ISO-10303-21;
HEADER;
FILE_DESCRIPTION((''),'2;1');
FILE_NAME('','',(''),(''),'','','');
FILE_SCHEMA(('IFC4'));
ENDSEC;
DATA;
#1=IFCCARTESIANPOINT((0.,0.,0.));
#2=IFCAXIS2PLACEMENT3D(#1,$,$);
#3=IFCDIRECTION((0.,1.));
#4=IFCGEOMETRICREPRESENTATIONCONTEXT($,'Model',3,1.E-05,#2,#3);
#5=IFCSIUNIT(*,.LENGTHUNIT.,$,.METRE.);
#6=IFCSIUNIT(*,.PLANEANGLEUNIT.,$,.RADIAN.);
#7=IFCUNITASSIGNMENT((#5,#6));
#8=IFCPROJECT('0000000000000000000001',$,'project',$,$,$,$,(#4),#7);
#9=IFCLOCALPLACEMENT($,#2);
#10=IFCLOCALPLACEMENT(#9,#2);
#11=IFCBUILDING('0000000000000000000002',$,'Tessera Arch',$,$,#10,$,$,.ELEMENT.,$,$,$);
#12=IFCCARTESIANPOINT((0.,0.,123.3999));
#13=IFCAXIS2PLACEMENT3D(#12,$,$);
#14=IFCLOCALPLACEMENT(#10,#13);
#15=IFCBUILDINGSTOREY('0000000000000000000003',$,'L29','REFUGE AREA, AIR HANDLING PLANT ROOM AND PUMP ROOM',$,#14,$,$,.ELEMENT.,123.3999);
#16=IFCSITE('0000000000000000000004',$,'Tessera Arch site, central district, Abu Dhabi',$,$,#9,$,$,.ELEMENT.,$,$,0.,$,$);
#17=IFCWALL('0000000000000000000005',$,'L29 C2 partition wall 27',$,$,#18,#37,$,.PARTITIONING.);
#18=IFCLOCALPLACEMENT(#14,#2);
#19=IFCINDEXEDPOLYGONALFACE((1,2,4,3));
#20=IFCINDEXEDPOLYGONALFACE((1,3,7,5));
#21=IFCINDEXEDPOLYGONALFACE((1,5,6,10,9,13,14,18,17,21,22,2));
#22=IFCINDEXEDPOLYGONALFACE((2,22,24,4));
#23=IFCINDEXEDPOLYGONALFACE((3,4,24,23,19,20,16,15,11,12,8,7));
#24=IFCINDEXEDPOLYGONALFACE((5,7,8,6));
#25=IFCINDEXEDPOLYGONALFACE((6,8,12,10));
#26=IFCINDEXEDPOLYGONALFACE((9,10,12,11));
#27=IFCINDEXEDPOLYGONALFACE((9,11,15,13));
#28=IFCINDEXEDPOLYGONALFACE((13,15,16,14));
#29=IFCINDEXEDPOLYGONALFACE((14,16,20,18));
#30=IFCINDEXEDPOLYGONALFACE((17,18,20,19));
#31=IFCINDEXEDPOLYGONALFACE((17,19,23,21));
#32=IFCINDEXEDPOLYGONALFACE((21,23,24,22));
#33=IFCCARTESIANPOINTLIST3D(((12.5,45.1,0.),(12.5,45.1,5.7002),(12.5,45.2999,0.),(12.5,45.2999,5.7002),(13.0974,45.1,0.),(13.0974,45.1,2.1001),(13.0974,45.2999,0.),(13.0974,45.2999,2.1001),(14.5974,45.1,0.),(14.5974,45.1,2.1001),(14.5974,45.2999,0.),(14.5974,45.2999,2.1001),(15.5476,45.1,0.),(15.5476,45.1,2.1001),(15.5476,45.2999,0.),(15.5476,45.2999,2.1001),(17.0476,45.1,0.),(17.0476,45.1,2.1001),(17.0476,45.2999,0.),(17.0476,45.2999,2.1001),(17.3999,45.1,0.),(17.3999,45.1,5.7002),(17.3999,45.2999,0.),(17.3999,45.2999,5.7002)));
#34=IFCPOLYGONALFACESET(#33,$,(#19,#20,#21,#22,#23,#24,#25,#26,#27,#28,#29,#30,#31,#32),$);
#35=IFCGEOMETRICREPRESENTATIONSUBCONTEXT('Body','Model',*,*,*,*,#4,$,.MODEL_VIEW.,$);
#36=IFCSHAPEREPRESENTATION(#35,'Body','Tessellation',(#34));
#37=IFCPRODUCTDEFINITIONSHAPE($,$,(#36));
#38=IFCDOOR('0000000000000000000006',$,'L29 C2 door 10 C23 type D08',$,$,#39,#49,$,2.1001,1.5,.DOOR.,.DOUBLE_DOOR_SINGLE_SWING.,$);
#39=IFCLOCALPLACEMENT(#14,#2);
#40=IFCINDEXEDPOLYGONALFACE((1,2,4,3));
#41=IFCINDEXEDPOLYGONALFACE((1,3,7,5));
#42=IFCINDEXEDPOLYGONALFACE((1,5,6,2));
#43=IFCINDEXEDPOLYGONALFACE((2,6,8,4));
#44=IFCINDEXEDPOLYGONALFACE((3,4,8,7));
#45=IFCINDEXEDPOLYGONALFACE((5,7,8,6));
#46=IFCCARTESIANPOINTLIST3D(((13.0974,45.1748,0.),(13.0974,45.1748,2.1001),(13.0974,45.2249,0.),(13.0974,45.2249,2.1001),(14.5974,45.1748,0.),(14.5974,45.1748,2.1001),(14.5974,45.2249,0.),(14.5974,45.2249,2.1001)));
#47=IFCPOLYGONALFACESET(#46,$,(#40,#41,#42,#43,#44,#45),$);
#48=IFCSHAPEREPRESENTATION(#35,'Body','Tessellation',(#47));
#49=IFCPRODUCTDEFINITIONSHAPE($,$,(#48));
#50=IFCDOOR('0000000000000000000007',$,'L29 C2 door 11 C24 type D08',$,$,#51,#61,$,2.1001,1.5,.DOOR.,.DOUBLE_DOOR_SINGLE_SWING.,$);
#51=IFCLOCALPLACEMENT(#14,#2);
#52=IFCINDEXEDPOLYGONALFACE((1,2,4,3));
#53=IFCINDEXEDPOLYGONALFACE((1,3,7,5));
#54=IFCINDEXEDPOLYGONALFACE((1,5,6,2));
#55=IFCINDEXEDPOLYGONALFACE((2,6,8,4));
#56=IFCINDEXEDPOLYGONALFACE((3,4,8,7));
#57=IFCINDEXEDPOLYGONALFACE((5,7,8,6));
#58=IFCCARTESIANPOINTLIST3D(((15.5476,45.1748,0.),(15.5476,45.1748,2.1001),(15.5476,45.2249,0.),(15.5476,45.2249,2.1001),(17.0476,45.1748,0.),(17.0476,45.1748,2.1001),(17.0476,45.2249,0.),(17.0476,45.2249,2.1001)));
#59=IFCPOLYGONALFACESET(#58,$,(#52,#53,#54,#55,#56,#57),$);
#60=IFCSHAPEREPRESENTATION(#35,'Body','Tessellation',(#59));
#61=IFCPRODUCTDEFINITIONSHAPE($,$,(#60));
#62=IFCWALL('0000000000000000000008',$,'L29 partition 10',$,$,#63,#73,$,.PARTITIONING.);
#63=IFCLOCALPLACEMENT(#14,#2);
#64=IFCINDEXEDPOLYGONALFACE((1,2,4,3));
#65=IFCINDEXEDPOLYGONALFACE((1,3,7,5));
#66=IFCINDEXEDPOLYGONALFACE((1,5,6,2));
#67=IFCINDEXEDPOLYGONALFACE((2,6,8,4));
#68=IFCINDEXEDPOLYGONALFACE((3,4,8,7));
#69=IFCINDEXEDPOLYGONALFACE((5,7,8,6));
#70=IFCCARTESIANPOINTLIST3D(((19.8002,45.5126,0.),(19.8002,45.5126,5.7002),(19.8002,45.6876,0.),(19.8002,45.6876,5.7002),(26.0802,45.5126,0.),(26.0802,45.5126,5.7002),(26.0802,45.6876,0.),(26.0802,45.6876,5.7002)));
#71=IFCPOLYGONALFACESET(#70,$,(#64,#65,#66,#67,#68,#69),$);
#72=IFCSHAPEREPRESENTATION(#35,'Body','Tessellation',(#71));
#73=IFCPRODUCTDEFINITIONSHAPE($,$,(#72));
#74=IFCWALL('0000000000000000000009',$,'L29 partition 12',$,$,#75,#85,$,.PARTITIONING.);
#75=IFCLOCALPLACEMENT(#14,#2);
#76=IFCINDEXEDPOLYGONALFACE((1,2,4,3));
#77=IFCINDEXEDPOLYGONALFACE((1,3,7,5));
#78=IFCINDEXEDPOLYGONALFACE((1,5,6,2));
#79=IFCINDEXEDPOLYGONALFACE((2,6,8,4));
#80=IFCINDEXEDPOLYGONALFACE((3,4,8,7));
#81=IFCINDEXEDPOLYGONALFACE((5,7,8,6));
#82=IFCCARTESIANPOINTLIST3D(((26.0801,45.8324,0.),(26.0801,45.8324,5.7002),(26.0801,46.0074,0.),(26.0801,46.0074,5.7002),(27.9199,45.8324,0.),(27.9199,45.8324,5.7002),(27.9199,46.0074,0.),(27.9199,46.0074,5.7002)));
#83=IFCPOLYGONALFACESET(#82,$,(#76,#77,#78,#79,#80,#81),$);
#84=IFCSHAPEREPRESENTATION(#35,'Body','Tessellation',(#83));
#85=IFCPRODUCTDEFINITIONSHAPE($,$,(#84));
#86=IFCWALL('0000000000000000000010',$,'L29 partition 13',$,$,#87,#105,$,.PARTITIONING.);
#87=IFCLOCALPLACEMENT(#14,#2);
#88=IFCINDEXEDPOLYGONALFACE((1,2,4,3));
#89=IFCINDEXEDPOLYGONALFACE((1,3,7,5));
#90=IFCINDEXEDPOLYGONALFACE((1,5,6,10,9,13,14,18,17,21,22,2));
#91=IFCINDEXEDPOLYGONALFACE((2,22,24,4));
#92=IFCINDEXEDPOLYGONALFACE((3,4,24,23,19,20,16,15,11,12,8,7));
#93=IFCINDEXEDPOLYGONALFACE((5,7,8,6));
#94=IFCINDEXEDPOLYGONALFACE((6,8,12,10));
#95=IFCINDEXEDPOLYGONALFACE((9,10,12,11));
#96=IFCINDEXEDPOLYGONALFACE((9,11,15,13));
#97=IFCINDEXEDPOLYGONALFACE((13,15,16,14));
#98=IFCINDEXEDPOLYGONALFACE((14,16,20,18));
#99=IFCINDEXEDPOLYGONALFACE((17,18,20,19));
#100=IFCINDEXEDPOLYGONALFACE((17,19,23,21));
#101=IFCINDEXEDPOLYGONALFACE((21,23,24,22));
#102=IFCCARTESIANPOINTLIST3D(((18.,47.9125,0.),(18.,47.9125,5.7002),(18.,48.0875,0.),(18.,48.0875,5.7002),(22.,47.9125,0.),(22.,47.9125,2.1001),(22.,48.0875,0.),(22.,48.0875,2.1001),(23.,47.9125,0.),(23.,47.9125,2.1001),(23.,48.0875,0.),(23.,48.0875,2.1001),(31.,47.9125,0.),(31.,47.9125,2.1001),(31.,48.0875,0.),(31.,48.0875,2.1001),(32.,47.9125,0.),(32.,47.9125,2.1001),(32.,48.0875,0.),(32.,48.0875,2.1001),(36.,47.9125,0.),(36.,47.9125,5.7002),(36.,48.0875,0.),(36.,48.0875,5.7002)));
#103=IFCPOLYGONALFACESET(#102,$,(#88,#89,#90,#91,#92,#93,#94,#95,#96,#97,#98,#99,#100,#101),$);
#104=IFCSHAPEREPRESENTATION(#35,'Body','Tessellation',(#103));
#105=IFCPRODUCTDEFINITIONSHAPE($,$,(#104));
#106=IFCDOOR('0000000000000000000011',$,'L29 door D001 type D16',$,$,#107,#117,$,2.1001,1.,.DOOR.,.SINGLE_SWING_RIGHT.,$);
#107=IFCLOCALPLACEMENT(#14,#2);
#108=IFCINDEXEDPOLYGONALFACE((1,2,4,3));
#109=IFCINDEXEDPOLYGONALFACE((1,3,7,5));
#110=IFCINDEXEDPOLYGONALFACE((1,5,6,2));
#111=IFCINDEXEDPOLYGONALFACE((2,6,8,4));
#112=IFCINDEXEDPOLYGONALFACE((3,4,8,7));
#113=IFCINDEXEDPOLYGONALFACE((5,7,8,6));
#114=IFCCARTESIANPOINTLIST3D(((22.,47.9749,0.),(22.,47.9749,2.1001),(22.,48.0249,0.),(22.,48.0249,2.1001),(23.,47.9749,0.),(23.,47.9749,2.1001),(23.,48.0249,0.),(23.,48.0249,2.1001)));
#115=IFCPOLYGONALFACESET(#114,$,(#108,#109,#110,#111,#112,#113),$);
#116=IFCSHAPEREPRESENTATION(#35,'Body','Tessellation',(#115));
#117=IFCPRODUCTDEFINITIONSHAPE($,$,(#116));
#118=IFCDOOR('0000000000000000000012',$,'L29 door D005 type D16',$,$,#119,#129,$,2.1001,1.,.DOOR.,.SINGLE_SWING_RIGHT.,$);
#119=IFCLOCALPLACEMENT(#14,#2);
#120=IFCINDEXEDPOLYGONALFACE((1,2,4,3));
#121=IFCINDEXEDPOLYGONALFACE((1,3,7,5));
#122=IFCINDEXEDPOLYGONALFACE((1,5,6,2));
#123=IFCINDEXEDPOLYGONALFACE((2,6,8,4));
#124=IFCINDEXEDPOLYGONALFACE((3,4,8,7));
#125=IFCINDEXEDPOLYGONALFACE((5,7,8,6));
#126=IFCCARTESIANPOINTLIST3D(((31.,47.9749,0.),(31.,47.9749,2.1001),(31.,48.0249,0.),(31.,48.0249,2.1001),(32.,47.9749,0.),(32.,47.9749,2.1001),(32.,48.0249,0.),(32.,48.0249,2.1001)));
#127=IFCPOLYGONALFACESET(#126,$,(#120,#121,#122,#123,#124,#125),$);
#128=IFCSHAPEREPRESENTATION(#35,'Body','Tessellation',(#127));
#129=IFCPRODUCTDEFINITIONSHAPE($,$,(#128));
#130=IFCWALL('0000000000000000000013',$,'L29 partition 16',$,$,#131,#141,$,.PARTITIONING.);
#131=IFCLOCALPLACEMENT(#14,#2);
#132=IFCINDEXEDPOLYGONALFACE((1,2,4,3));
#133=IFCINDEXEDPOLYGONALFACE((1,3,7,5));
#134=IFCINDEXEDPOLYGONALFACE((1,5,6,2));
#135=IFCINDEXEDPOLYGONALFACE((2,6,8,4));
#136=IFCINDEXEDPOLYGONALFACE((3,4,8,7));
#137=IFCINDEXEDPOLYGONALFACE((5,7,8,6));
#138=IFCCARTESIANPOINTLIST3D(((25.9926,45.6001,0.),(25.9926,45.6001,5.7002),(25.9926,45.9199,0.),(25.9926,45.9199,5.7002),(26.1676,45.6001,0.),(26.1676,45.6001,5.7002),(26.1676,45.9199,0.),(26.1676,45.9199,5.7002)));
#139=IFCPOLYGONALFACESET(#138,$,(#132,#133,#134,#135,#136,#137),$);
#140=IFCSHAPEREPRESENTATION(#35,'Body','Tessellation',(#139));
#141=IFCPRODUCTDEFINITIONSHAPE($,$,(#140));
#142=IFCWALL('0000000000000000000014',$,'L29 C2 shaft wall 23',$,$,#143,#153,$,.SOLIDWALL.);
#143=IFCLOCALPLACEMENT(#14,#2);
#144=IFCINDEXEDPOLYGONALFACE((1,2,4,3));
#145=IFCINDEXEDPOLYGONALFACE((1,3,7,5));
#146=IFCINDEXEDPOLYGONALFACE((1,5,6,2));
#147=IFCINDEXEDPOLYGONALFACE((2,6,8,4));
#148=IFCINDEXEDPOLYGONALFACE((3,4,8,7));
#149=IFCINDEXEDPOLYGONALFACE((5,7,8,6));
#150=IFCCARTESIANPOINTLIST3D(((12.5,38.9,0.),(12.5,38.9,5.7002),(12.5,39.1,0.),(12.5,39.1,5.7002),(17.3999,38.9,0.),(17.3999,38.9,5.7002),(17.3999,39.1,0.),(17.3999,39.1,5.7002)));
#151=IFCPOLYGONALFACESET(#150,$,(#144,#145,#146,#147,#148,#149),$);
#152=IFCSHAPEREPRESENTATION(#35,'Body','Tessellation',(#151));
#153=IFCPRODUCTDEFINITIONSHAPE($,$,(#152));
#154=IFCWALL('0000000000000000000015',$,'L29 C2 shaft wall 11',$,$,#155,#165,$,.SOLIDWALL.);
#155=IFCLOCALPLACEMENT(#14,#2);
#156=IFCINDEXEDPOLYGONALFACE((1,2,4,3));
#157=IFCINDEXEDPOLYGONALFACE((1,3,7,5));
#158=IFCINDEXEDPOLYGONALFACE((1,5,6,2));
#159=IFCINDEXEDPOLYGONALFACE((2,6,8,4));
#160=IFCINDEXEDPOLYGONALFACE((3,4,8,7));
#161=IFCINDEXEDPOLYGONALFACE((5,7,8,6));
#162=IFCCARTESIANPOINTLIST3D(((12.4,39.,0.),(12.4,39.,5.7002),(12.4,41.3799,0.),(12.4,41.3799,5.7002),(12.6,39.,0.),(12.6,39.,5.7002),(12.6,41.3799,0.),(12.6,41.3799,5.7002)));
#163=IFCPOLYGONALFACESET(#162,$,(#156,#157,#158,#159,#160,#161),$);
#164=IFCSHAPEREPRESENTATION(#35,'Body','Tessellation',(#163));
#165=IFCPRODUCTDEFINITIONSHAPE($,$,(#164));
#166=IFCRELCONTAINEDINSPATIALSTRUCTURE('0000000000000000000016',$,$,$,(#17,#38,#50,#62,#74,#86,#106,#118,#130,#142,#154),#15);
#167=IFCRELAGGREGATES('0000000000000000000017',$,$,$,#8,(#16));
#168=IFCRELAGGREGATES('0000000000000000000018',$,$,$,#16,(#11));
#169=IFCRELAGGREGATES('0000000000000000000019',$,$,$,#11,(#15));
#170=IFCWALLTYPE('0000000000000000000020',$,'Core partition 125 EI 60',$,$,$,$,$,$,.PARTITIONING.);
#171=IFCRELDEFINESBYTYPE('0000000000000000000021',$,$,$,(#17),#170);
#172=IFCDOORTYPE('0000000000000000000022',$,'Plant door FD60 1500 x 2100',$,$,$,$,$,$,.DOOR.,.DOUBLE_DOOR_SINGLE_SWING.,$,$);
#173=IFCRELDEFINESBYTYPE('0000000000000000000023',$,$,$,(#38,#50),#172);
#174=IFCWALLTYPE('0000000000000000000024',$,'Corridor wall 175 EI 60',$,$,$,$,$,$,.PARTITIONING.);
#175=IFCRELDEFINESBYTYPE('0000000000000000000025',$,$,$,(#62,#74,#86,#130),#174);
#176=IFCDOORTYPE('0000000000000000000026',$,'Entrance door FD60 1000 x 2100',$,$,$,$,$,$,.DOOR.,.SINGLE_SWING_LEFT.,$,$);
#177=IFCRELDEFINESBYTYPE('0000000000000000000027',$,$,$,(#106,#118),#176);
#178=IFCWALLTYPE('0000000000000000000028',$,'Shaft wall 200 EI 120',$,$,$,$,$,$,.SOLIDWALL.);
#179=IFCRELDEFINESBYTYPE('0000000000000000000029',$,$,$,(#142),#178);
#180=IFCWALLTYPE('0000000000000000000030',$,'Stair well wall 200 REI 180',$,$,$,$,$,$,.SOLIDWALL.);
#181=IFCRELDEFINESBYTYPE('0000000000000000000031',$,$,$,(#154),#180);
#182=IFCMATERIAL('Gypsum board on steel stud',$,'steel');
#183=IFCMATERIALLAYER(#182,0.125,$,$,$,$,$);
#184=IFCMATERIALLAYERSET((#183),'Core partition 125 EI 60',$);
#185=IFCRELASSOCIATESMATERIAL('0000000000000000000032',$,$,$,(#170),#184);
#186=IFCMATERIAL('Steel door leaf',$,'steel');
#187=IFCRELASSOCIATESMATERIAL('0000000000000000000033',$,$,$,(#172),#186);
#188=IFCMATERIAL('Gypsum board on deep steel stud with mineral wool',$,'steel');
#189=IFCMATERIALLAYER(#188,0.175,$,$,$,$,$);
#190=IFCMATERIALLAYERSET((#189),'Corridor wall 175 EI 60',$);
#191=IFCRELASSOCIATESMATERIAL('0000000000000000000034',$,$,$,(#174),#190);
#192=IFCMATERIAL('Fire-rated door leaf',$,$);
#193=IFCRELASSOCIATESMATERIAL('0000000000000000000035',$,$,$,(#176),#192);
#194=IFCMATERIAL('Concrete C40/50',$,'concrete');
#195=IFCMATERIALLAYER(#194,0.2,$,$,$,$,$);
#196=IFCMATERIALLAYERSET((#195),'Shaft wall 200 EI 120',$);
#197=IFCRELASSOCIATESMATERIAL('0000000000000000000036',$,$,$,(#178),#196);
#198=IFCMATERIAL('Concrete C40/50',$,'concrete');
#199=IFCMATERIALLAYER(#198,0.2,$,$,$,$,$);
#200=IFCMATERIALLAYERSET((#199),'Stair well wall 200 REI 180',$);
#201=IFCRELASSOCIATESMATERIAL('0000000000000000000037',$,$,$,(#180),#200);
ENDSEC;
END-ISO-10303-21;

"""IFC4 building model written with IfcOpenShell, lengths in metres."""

from ifc_helpers import new_model, si_unit, direction, frame, frame_2d, origin, place, context, subcontext, project, spatial, rectangle, extrude, material, layer, layer_set, type_object, element, fill, save


model = new_model("IFC4")

# Units and contexts
model_context = context("Model", 3, precision=1e-05, world=origin(), true_north=direction((0.0, 1.0)))
body_context = subcontext(model_context, "Body", "Model", "MODEL_VIEW")
ifc_project = project(units=[si_unit("LENGTHUNIT", "METRE"), si_unit("PLANEANGLEUNIT", "RADIAN")], contexts=[model_context])

# Site, building, storey
site_placement = place(None, origin())
site = spatial("IfcSite", under=ifc_project, at=site_placement, Name="Tessera Arch site, central district, Abu Dhabi", CompositionType="ELEMENT", RefElevation=0.0)
building_placement = place(site_placement, origin())
building = spatial("IfcBuilding", under=site, at=building_placement, Name="Tessera Arch", CompositionType="ELEMENT")
storey_placement = place(building_placement, frame((0.0, 0.0, 123.3999)))
storey = spatial("IfcBuildingStorey", under=building, at=storey_placement, Name="L29", Description="REFUGE AREA, AIR HANDLING PLANT ROOM AND PUMP ROOM", CompositionType="ELEMENT", Elevation=123.3999)

# Shared definitions
ifc_material_1 = material(Name="Gypsum board on steel stud", Category="steel")
ifc_layer_1 = layer(ifc_material_1, 0.125)
ifc_layer_set_1 = layer_set([ifc_layer_1], Name="Core partition 125 EI 60")
wall_type_1 = type_object("IfcWallType", Name="Core partition 125 EI 60", PredefinedType="PARTITIONING", material=ifc_layer_set_1)

# Wall, openings, doors
wall_1_placement = place(storey_placement, frame((12.5, 45.2, 0.0), z_axis=(0.0, 0.0, 1.0), x_axis=(1.0, 0.0, 0.0)))
wall_1 = element("IfcWall", 1, at=wall_1_placement, inside=storey, type_object=wall_type_1, Name="L29 C2 partition wall 27", PredefinedType="PARTITIONING", context=body_context, shape_type="SweptSolid", body=[
    extrude(rectangle(XDim=4.8999, YDim=0.2, at=frame_2d((2.45, 0.0))), origin(), (0.0, 0.0, 1.0), 5.7002),
])
opening_1_placement = place(wall_1_placement, frame((0.5974, 0.0, 0.0)))
opening_1 = element("IfcOpeningElement", 2, at=opening_1_placement, cuts=wall_1, PredefinedType="OPENING", context=body_context, shape_type="SweptSolid", body=[
    extrude(rectangle(XDim=1.5, YDim=2.1001, at=frame_2d((0.75, 1.05))), frame((0.0, 0.1099, 0.0), z_axis=(0.0, -1.0, 0.0), x_axis=(1.0, 0.0, 0.0)), (0.0, 0.0, 1.0), 0.22),
])
opening_2_placement = place(wall_1_placement, frame((3.0476, 0.0, 0.0)))
opening_2 = element("IfcOpeningElement", 3, at=opening_2_placement, cuts=wall_1, PredefinedType="OPENING", context=body_context, shape_type="SweptSolid", body=[
    extrude(rectangle(XDim=1.5, YDim=2.1001, at=frame_2d((0.75, 1.05))), frame((0.0, 0.1099, 0.0), z_axis=(0.0, -1.0, 0.0), x_axis=(1.0, 0.0, 0.0)), (0.0, 0.0, 1.0), 0.22),
])
ifc_material_2 = material(Name="Steel door leaf", Category="steel")
door_type_1 = type_object("IfcDoorType", Name="Plant door FD60 1500 x 2100", OperationType="DOUBLE_DOOR_SINGLE_SWING", PredefinedType="DOOR", material=ifc_material_2)
door_1_placement = place(opening_1_placement, origin())
door_1 = element("IfcDoor", 4, at=door_1_placement, inside=storey, type_object=door_type_1, Name="L29 C2 door 10 C23 type D08", OperationType="DOUBLE_DOOR_SINGLE_SWING", OverallHeight=2.1001, OverallWidth=1.5, PredefinedType="DOOR", context=body_context, shape_type="SweptSolid", body=[
    extrude(rectangle(XDim=1.5, YDim=2.1001, at=frame_2d((0.75, 1.05))), frame((0.0, 0.0249, 0.0), z_axis=(0.0, -1.0, 0.0), x_axis=(1.0, 0.0, 0.0)), (0.0, 0.0, 1.0), 0.05),
])
fill(opening_1, door_1)
door_2_placement = place(opening_2_placement, origin())
door_2 = element("IfcDoor", 5, at=door_2_placement, inside=storey, type_object=door_type_1, Name="L29 C2 door 11 C24 type D08", OperationType="DOUBLE_DOOR_SINGLE_SWING", OverallHeight=2.1001, OverallWidth=1.5, PredefinedType="DOOR", context=body_context, shape_type="SweptSolid", body=[
    extrude(rectangle(XDim=1.5, YDim=2.1001, at=frame_2d((0.75, 1.05))), frame((0.0, 0.0249, 0.0), z_axis=(0.0, -1.0, 0.0), x_axis=(1.0, 0.0, 0.0)), (0.0, 0.0, 1.0), 0.05),
])
fill(opening_2, door_2)

# Walls
ifc_material_3 = material(Name="Gypsum board on deep steel stud with mineral wool", Category="steel")
ifc_layer_2 = layer(ifc_material_3, 0.175)
ifc_layer_set_2 = layer_set([ifc_layer_2], Name="Corridor wall 175 EI 60")
wall_type_2 = type_object("IfcWallType", Name="Corridor wall 175 EI 60", PredefinedType="PARTITIONING", material=ifc_layer_set_2)
wall_2_placement = place(storey_placement, frame((19.8, 45.6001, 0.0), z_axis=(0.0, 0.0, 1.0), x_axis=(1.0, 0.0, 0.0)))
element("IfcWall", 6, at=wall_2_placement, inside=storey, type_object=wall_type_2, Name="L29 partition 10", PredefinedType="PARTITIONING", context=body_context, shape_type="SweptSolid", body=[
    extrude(rectangle(XDim=6.28, YDim=0.175, at=frame_2d((3.1401, 0.0))), origin(), (0.0, 0.0, 1.0), 5.7002),
])
wall_3_placement = place(storey_placement, frame((26.0801, 45.9199, 0.0), z_axis=(0.0, 0.0, 1.0), x_axis=(1.0, 0.0, 0.0)))
element("IfcWall", 7, at=wall_3_placement, inside=storey, type_object=wall_type_2, Name="L29 partition 12", PredefinedType="PARTITIONING", context=body_context, shape_type="SweptSolid", body=[
    extrude(rectangle(XDim=1.8398, YDim=0.175, at=frame_2d((0.9199, 0.0))), origin(), (0.0, 0.0, 1.0), 5.7002),
])

# Wall, openings, doors
wall_4_placement = place(storey_placement, frame((18.0, 48.0, 0.0), z_axis=(0.0, 0.0, 1.0), x_axis=(1.0, 0.0, 0.0)))
wall_4 = element("IfcWall", 8, at=wall_4_placement, inside=storey, type_object=wall_type_2, Name="L29 partition 13", PredefinedType="PARTITIONING", context=body_context, shape_type="SweptSolid", body=[
    extrude(rectangle(XDim=18.0, YDim=0.175, at=frame_2d((9.0, 0.0))), origin(), (0.0, 0.0, 1.0), 5.7002),
])
opening_3_placement = place(wall_4_placement, frame((4.0, 0.0, 0.0)))
opening_3 = element("IfcOpeningElement", 9, at=opening_3_placement, cuts=wall_4, PredefinedType="OPENING", context=body_context, shape_type="SweptSolid", body=[
    extrude(rectangle(XDim=1.0, YDim=2.1001, at=frame_2d((0.5, 1.05))), frame((0.0, 0.0974, 0.0), z_axis=(0.0, -1.0, 0.0), x_axis=(1.0, 0.0, 0.0)), (0.0, 0.0, 1.0), 0.1951),
])
opening_4_placement = place(wall_4_placement, frame((13.0, 0.0, 0.0)))
opening_4 = element("IfcOpeningElement", 10, at=opening_4_placement, cuts=wall_4, PredefinedType="OPENING", context=body_context, shape_type="SweptSolid", body=[
    extrude(rectangle(XDim=1.0, YDim=2.1001, at=frame_2d((0.5, 1.05))), frame((0.0, 0.0974, 0.0), z_axis=(0.0, -1.0, 0.0), x_axis=(1.0, 0.0, 0.0)), (0.0, 0.0, 1.0), 0.1951),
])
ifc_material_4 = material(Name="Fire-rated door leaf")
door_type_2 = type_object("IfcDoorType", Name="Entrance door FD60 1000 x 2100", OperationType="SINGLE_SWING_LEFT", PredefinedType="DOOR", material=ifc_material_4)
door_3_placement = place(opening_3_placement, origin())
door_3 = element("IfcDoor", 11, at=door_3_placement, inside=storey, type_object=door_type_2, Name="L29 door D001 type D16", OperationType="SINGLE_SWING_RIGHT", OverallHeight=2.1001, OverallWidth=1.0, PredefinedType="DOOR", context=body_context, shape_type="SweptSolid", body=[
    extrude(rectangle(XDim=1.0, YDim=2.1001, at=frame_2d((0.5, 1.05))), frame((0.0, 0.0249, 0.0), z_axis=(0.0, -1.0, 0.0), x_axis=(1.0, 0.0, 0.0)), (0.0, 0.0, 1.0), 0.05),
])
fill(opening_3, door_3)
door_4_placement = place(opening_4_placement, origin())
door_4 = element("IfcDoor", 12, at=door_4_placement, inside=storey, type_object=door_type_2, Name="L29 door D005 type D16", OperationType="SINGLE_SWING_RIGHT", OverallHeight=2.1001, OverallWidth=1.0, PredefinedType="DOOR", context=body_context, shape_type="SweptSolid", body=[
    extrude(rectangle(XDim=1.0, YDim=2.1001, at=frame_2d((0.5, 1.05))), frame((0.0, 0.0249, 0.0), z_axis=(0.0, -1.0, 0.0), x_axis=(1.0, 0.0, 0.0)), (0.0, 0.0, 1.0), 0.05),
])
fill(opening_4, door_4)

# Walls
wall_5_placement = place(storey_placement, frame((26.0801, 45.6001, 0.0), z_axis=(0.0, 0.0, 1.0), x_axis=(0.0, 1.0, 0.0)))
element("IfcWall", 13, at=wall_5_placement, inside=storey, type_object=wall_type_2, Name="L29 partition 16", PredefinedType="PARTITIONING", context=body_context, shape_type="SweptSolid", body=[
    extrude(rectangle(XDim=0.3198, YDim=0.175, at=frame_2d((0.1599, 0.0))), origin(), (0.0, 0.0, 1.0), 5.7002),
])
ifc_material_5 = material(Name="Concrete C40/50", Category="concrete")
ifc_layer_3 = layer(ifc_material_5, 0.2)
ifc_layer_set_3 = layer_set([ifc_layer_3], Name="Shaft wall 200 EI 120")
wall_type_3 = type_object("IfcWallType", Name="Shaft wall 200 EI 120", PredefinedType="SOLIDWALL", material=ifc_layer_set_3)
wall_6_placement = place(storey_placement, frame((12.5, 39.0, 0.0), z_axis=(0.0, 0.0, 1.0), x_axis=(1.0, 0.0, 0.0)))
element("IfcWall", 14, at=wall_6_placement, inside=storey, type_object=wall_type_3, Name="L29 C2 shaft wall 23", PredefinedType="SOLIDWALL", context=body_context, shape_type="SweptSolid", body=[
    extrude(rectangle(XDim=4.8999, YDim=0.2, at=frame_2d((2.45, 0.0))), origin(), (0.0, 0.0, 1.0), 5.7002),
])
ifc_material_6 = material(Name="Concrete C40/50", Category="concrete")
ifc_layer_4 = layer(ifc_material_6, 0.2)
ifc_layer_set_4 = layer_set([ifc_layer_4], Name="Stair well wall 200 REI 180")
wall_type_4 = type_object("IfcWallType", Name="Stair well wall 200 REI 180", PredefinedType="SOLIDWALL", material=ifc_layer_set_4)
wall_7_placement = place(storey_placement, frame((12.5, 39.0, 0.0), z_axis=(0.0, 0.0, 1.0), x_axis=(0.0, 1.0, 0.0)))
element("IfcWall", 15, at=wall_7_placement, inside=storey, type_object=wall_type_4, Name="L29 C2 shaft wall 11", PredefinedType="SOLIDWALL", context=body_context, shape_type="SweptSolid", body=[
    extrude(rectangle(XDim=2.3799, YDim=0.2, at=frame_2d((1.1899, 0.0))), origin(), (0.0, 0.0, 1.0), 5.7002),
])

save(model, "model.ifc")
